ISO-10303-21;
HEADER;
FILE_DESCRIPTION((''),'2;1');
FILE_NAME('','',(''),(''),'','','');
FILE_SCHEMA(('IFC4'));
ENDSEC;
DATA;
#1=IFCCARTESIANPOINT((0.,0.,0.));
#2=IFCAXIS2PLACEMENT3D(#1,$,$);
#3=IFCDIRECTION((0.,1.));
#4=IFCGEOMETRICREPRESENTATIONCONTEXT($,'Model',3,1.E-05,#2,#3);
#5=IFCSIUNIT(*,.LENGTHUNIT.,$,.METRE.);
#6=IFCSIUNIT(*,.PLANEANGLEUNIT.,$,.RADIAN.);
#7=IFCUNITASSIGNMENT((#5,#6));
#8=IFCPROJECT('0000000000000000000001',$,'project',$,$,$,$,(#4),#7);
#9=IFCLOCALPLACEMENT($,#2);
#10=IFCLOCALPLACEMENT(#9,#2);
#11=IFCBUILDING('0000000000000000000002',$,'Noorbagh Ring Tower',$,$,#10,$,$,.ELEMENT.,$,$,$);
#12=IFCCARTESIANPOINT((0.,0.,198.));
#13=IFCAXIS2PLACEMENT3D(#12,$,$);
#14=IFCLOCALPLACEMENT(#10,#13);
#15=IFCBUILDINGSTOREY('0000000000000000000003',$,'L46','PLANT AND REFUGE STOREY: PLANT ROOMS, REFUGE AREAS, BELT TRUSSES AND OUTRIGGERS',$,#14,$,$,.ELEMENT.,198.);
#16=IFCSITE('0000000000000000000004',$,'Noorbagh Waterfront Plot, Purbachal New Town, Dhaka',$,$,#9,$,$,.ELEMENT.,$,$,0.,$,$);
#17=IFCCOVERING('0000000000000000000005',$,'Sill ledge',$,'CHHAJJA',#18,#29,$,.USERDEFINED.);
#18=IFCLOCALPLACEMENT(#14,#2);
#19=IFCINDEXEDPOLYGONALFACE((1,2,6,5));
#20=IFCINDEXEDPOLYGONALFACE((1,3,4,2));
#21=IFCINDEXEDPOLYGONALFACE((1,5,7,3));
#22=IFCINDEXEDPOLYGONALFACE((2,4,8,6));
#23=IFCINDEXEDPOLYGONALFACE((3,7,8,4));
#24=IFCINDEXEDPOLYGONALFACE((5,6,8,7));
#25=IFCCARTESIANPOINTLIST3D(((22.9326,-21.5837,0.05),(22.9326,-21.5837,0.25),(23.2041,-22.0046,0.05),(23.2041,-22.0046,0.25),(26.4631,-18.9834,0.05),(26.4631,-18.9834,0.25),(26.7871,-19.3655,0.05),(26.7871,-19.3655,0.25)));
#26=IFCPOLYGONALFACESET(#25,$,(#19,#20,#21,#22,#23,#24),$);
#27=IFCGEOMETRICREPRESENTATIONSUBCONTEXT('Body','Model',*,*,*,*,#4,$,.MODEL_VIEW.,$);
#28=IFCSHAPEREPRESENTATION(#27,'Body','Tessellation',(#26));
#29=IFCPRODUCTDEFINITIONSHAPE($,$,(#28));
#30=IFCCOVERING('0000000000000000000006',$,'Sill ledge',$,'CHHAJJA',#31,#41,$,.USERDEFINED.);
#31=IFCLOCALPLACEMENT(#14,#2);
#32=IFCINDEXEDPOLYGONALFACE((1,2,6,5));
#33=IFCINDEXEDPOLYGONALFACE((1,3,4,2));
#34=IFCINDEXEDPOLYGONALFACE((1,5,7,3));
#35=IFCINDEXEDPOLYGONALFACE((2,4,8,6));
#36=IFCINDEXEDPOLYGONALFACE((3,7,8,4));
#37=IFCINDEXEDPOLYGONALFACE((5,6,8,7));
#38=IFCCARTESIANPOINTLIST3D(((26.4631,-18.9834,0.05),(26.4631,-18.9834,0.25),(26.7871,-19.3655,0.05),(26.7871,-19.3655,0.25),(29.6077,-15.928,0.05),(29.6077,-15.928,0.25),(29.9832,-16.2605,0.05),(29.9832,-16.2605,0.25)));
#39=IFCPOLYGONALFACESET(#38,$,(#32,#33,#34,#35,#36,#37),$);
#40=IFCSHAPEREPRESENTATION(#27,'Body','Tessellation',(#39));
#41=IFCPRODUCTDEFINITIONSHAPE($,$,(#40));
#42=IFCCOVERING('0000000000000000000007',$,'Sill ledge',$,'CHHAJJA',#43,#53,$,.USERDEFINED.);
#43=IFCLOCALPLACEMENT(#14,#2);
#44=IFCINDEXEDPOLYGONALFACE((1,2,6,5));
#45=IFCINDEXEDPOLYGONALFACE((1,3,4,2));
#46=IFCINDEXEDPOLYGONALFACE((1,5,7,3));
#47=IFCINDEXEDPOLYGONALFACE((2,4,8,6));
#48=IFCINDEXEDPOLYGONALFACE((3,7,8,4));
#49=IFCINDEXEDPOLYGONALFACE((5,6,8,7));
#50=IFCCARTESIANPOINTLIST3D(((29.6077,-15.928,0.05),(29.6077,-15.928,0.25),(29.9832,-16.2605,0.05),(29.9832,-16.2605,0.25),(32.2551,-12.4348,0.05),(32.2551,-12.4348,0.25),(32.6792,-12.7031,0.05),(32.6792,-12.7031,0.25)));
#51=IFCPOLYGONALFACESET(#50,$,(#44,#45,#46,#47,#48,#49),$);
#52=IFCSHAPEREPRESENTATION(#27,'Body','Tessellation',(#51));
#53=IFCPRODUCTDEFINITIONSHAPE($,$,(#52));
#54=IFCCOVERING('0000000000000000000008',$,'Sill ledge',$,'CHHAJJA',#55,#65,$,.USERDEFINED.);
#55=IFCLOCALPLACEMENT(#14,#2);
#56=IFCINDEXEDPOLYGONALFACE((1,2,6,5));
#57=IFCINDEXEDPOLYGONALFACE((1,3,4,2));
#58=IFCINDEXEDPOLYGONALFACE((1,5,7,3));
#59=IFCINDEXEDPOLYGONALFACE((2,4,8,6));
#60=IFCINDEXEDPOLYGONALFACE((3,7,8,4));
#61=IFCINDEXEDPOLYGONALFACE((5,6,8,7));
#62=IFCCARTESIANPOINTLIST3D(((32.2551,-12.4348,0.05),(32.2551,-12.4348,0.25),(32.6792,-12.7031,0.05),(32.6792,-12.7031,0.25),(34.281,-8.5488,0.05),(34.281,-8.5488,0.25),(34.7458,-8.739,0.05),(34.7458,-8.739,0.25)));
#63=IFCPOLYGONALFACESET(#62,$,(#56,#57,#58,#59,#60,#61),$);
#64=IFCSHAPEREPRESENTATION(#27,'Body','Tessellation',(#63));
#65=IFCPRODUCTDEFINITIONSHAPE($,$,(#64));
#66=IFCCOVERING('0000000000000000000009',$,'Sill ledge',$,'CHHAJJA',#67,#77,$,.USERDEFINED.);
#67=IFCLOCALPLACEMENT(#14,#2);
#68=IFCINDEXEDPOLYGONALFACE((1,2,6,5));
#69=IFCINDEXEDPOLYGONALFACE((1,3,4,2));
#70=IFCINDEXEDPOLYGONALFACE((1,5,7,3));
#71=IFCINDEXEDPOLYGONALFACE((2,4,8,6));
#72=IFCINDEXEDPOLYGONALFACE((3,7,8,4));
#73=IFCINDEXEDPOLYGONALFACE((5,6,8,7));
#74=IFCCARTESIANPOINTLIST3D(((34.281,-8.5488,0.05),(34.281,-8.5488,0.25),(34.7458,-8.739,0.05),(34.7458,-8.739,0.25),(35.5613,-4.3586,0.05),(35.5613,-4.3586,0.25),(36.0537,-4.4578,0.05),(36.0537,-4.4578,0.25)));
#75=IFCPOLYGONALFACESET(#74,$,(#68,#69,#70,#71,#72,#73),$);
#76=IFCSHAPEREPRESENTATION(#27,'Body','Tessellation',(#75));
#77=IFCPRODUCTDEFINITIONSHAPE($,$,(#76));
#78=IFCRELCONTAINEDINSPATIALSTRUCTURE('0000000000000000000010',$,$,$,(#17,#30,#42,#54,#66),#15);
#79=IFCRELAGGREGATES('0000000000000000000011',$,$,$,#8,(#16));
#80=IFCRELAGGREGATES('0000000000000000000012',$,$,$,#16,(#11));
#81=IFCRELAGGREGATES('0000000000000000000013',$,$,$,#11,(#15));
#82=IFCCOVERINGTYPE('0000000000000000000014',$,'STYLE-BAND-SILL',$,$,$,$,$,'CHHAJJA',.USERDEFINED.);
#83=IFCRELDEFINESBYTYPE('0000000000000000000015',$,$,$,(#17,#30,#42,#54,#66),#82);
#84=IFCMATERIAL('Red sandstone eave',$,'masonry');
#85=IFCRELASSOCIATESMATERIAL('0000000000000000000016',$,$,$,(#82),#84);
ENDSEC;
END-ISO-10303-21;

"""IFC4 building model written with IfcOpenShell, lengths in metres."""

from ifc_helpers import new_model, si_unit, direction, frame, origin, place, context, subcontext, project, spatial, polyline, outline, extrude, material, type_object, element, save


model = new_model("IFC4")

# Units and contexts
model_context = context("Model", 3, precision=1e-05, world=origin(), true_north=direction((0.0, 1.0)))
body_context = subcontext(model_context, "Body", "Model", "MODEL_VIEW")
ifc_project = project(units=[si_unit("LENGTHUNIT", "METRE"), si_unit("PLANEANGLEUNIT", "RADIAN")], contexts=[model_context])

# Site, building, storey
site_placement = place(None, origin())
site = spatial("IfcSite", under=ifc_project, at=site_placement, Name="Noorbagh Waterfront Plot, Purbachal New Town, Dhaka", CompositionType="ELEMENT", RefElevation=0.0)
building_placement = place(site_placement, origin())
building = spatial("IfcBuilding", under=site, at=building_placement, Name="Noorbagh Ring Tower", CompositionType="ELEMENT")
storey_placement = place(building_placement, frame((0.0, 0.0, 198.0)))
storey = spatial("IfcBuildingStorey", under=building, at=storey_placement, Name="L46", Description="PLANT AND REFUGE STOREY: PLANT ROOMS, REFUGE AREAS, BELT TRUSSES AND OUTRIGGERS", CompositionType="ELEMENT", Elevation=198.0)

# Coverings
ifc_material = material(Name="Red sandstone eave", Category="masonry")
covering_type = type_object("IfcCoveringType", Name="STYLE-BAND-SILL", ElementType="CHHAJJA", PredefinedType="USERDEFINED", material=ifc_material)
covering_1_placement = place(storey_placement, frame((0.0, 0.0, 0.05)))
element("IfcCovering", 1, at=covering_1_placement, inside=storey, type_object=covering_type, Name="Sill ledge", ObjectType="CHHAJJA", PredefinedType="USERDEFINED", context=body_context, shape_type="SweptSolid", body=[
    extrude(outline(polyline([(22.9326, -21.5837), (26.4631, -18.9834), (26.7871, -19.3655), (23.2041, -22.0046), (22.9326, -21.5837)])), origin(), (0.0, 0.0, 1.0), 0.2),
])
covering_2_placement = place(storey_placement, frame((0.0, 0.0, 0.05)))
element("IfcCovering", 2, at=covering_2_placement, inside=storey, type_object=covering_type, Name="Sill ledge", ObjectType="CHHAJJA", PredefinedType="USERDEFINED", context=body_context, shape_type="SweptSolid", body=[
    extrude(outline(polyline([(26.4631, -18.9834), (29.6077, -15.928), (29.9832, -16.2605), (26.7871, -19.3655), (26.4631, -18.9834)])), origin(), (0.0, 0.0, 1.0), 0.2),
])
covering_3_placement = place(storey_placement, frame((0.0, 0.0, 0.05)))
element("IfcCovering", 3, at=covering_3_placement, inside=storey, type_object=covering_type, Name="Sill ledge", ObjectType="CHHAJJA", PredefinedType="USERDEFINED", context=body_context, shape_type="SweptSolid", body=[
    extrude(outline(polyline([(29.6077, -15.928), (32.2551, -12.4348), (32.6792, -12.7031), (29.9832, -16.2605), (29.6077, -15.928)])), origin(), (0.0, 0.0, 1.0), 0.2),
])
covering_4_placement = place(storey_placement, frame((0.0, 0.0, 0.05)))
element("IfcCovering", 4, at=covering_4_placement, inside=storey, type_object=covering_type, Name="Sill ledge", ObjectType="CHHAJJA", PredefinedType="USERDEFINED", context=body_context, shape_type="SweptSolid", body=[
    extrude(outline(polyline([(32.2551, -12.4348), (34.281, -8.5488), (34.7458, -8.739), (32.6792, -12.7031), (32.2551, -12.4348)])), origin(), (0.0, 0.0, 1.0), 0.2),
])
covering_5_placement = place(storey_placement, frame((0.0, 0.0, 0.05)))
element("IfcCovering", 5, at=covering_5_placement, inside=storey, type_object=covering_type, Name="Sill ledge", ObjectType="CHHAJJA", PredefinedType="USERDEFINED", context=body_context, shape_type="SweptSolid", body=[
    extrude(outline(polyline([(34.281, -8.5488), (35.5613, -4.3586), (36.0537, -4.4578), (34.7458, -8.739), (34.281, -8.5488)])), origin(), (0.0, 0.0, 1.0), 0.2),
])

save(model, "model.ifc")
